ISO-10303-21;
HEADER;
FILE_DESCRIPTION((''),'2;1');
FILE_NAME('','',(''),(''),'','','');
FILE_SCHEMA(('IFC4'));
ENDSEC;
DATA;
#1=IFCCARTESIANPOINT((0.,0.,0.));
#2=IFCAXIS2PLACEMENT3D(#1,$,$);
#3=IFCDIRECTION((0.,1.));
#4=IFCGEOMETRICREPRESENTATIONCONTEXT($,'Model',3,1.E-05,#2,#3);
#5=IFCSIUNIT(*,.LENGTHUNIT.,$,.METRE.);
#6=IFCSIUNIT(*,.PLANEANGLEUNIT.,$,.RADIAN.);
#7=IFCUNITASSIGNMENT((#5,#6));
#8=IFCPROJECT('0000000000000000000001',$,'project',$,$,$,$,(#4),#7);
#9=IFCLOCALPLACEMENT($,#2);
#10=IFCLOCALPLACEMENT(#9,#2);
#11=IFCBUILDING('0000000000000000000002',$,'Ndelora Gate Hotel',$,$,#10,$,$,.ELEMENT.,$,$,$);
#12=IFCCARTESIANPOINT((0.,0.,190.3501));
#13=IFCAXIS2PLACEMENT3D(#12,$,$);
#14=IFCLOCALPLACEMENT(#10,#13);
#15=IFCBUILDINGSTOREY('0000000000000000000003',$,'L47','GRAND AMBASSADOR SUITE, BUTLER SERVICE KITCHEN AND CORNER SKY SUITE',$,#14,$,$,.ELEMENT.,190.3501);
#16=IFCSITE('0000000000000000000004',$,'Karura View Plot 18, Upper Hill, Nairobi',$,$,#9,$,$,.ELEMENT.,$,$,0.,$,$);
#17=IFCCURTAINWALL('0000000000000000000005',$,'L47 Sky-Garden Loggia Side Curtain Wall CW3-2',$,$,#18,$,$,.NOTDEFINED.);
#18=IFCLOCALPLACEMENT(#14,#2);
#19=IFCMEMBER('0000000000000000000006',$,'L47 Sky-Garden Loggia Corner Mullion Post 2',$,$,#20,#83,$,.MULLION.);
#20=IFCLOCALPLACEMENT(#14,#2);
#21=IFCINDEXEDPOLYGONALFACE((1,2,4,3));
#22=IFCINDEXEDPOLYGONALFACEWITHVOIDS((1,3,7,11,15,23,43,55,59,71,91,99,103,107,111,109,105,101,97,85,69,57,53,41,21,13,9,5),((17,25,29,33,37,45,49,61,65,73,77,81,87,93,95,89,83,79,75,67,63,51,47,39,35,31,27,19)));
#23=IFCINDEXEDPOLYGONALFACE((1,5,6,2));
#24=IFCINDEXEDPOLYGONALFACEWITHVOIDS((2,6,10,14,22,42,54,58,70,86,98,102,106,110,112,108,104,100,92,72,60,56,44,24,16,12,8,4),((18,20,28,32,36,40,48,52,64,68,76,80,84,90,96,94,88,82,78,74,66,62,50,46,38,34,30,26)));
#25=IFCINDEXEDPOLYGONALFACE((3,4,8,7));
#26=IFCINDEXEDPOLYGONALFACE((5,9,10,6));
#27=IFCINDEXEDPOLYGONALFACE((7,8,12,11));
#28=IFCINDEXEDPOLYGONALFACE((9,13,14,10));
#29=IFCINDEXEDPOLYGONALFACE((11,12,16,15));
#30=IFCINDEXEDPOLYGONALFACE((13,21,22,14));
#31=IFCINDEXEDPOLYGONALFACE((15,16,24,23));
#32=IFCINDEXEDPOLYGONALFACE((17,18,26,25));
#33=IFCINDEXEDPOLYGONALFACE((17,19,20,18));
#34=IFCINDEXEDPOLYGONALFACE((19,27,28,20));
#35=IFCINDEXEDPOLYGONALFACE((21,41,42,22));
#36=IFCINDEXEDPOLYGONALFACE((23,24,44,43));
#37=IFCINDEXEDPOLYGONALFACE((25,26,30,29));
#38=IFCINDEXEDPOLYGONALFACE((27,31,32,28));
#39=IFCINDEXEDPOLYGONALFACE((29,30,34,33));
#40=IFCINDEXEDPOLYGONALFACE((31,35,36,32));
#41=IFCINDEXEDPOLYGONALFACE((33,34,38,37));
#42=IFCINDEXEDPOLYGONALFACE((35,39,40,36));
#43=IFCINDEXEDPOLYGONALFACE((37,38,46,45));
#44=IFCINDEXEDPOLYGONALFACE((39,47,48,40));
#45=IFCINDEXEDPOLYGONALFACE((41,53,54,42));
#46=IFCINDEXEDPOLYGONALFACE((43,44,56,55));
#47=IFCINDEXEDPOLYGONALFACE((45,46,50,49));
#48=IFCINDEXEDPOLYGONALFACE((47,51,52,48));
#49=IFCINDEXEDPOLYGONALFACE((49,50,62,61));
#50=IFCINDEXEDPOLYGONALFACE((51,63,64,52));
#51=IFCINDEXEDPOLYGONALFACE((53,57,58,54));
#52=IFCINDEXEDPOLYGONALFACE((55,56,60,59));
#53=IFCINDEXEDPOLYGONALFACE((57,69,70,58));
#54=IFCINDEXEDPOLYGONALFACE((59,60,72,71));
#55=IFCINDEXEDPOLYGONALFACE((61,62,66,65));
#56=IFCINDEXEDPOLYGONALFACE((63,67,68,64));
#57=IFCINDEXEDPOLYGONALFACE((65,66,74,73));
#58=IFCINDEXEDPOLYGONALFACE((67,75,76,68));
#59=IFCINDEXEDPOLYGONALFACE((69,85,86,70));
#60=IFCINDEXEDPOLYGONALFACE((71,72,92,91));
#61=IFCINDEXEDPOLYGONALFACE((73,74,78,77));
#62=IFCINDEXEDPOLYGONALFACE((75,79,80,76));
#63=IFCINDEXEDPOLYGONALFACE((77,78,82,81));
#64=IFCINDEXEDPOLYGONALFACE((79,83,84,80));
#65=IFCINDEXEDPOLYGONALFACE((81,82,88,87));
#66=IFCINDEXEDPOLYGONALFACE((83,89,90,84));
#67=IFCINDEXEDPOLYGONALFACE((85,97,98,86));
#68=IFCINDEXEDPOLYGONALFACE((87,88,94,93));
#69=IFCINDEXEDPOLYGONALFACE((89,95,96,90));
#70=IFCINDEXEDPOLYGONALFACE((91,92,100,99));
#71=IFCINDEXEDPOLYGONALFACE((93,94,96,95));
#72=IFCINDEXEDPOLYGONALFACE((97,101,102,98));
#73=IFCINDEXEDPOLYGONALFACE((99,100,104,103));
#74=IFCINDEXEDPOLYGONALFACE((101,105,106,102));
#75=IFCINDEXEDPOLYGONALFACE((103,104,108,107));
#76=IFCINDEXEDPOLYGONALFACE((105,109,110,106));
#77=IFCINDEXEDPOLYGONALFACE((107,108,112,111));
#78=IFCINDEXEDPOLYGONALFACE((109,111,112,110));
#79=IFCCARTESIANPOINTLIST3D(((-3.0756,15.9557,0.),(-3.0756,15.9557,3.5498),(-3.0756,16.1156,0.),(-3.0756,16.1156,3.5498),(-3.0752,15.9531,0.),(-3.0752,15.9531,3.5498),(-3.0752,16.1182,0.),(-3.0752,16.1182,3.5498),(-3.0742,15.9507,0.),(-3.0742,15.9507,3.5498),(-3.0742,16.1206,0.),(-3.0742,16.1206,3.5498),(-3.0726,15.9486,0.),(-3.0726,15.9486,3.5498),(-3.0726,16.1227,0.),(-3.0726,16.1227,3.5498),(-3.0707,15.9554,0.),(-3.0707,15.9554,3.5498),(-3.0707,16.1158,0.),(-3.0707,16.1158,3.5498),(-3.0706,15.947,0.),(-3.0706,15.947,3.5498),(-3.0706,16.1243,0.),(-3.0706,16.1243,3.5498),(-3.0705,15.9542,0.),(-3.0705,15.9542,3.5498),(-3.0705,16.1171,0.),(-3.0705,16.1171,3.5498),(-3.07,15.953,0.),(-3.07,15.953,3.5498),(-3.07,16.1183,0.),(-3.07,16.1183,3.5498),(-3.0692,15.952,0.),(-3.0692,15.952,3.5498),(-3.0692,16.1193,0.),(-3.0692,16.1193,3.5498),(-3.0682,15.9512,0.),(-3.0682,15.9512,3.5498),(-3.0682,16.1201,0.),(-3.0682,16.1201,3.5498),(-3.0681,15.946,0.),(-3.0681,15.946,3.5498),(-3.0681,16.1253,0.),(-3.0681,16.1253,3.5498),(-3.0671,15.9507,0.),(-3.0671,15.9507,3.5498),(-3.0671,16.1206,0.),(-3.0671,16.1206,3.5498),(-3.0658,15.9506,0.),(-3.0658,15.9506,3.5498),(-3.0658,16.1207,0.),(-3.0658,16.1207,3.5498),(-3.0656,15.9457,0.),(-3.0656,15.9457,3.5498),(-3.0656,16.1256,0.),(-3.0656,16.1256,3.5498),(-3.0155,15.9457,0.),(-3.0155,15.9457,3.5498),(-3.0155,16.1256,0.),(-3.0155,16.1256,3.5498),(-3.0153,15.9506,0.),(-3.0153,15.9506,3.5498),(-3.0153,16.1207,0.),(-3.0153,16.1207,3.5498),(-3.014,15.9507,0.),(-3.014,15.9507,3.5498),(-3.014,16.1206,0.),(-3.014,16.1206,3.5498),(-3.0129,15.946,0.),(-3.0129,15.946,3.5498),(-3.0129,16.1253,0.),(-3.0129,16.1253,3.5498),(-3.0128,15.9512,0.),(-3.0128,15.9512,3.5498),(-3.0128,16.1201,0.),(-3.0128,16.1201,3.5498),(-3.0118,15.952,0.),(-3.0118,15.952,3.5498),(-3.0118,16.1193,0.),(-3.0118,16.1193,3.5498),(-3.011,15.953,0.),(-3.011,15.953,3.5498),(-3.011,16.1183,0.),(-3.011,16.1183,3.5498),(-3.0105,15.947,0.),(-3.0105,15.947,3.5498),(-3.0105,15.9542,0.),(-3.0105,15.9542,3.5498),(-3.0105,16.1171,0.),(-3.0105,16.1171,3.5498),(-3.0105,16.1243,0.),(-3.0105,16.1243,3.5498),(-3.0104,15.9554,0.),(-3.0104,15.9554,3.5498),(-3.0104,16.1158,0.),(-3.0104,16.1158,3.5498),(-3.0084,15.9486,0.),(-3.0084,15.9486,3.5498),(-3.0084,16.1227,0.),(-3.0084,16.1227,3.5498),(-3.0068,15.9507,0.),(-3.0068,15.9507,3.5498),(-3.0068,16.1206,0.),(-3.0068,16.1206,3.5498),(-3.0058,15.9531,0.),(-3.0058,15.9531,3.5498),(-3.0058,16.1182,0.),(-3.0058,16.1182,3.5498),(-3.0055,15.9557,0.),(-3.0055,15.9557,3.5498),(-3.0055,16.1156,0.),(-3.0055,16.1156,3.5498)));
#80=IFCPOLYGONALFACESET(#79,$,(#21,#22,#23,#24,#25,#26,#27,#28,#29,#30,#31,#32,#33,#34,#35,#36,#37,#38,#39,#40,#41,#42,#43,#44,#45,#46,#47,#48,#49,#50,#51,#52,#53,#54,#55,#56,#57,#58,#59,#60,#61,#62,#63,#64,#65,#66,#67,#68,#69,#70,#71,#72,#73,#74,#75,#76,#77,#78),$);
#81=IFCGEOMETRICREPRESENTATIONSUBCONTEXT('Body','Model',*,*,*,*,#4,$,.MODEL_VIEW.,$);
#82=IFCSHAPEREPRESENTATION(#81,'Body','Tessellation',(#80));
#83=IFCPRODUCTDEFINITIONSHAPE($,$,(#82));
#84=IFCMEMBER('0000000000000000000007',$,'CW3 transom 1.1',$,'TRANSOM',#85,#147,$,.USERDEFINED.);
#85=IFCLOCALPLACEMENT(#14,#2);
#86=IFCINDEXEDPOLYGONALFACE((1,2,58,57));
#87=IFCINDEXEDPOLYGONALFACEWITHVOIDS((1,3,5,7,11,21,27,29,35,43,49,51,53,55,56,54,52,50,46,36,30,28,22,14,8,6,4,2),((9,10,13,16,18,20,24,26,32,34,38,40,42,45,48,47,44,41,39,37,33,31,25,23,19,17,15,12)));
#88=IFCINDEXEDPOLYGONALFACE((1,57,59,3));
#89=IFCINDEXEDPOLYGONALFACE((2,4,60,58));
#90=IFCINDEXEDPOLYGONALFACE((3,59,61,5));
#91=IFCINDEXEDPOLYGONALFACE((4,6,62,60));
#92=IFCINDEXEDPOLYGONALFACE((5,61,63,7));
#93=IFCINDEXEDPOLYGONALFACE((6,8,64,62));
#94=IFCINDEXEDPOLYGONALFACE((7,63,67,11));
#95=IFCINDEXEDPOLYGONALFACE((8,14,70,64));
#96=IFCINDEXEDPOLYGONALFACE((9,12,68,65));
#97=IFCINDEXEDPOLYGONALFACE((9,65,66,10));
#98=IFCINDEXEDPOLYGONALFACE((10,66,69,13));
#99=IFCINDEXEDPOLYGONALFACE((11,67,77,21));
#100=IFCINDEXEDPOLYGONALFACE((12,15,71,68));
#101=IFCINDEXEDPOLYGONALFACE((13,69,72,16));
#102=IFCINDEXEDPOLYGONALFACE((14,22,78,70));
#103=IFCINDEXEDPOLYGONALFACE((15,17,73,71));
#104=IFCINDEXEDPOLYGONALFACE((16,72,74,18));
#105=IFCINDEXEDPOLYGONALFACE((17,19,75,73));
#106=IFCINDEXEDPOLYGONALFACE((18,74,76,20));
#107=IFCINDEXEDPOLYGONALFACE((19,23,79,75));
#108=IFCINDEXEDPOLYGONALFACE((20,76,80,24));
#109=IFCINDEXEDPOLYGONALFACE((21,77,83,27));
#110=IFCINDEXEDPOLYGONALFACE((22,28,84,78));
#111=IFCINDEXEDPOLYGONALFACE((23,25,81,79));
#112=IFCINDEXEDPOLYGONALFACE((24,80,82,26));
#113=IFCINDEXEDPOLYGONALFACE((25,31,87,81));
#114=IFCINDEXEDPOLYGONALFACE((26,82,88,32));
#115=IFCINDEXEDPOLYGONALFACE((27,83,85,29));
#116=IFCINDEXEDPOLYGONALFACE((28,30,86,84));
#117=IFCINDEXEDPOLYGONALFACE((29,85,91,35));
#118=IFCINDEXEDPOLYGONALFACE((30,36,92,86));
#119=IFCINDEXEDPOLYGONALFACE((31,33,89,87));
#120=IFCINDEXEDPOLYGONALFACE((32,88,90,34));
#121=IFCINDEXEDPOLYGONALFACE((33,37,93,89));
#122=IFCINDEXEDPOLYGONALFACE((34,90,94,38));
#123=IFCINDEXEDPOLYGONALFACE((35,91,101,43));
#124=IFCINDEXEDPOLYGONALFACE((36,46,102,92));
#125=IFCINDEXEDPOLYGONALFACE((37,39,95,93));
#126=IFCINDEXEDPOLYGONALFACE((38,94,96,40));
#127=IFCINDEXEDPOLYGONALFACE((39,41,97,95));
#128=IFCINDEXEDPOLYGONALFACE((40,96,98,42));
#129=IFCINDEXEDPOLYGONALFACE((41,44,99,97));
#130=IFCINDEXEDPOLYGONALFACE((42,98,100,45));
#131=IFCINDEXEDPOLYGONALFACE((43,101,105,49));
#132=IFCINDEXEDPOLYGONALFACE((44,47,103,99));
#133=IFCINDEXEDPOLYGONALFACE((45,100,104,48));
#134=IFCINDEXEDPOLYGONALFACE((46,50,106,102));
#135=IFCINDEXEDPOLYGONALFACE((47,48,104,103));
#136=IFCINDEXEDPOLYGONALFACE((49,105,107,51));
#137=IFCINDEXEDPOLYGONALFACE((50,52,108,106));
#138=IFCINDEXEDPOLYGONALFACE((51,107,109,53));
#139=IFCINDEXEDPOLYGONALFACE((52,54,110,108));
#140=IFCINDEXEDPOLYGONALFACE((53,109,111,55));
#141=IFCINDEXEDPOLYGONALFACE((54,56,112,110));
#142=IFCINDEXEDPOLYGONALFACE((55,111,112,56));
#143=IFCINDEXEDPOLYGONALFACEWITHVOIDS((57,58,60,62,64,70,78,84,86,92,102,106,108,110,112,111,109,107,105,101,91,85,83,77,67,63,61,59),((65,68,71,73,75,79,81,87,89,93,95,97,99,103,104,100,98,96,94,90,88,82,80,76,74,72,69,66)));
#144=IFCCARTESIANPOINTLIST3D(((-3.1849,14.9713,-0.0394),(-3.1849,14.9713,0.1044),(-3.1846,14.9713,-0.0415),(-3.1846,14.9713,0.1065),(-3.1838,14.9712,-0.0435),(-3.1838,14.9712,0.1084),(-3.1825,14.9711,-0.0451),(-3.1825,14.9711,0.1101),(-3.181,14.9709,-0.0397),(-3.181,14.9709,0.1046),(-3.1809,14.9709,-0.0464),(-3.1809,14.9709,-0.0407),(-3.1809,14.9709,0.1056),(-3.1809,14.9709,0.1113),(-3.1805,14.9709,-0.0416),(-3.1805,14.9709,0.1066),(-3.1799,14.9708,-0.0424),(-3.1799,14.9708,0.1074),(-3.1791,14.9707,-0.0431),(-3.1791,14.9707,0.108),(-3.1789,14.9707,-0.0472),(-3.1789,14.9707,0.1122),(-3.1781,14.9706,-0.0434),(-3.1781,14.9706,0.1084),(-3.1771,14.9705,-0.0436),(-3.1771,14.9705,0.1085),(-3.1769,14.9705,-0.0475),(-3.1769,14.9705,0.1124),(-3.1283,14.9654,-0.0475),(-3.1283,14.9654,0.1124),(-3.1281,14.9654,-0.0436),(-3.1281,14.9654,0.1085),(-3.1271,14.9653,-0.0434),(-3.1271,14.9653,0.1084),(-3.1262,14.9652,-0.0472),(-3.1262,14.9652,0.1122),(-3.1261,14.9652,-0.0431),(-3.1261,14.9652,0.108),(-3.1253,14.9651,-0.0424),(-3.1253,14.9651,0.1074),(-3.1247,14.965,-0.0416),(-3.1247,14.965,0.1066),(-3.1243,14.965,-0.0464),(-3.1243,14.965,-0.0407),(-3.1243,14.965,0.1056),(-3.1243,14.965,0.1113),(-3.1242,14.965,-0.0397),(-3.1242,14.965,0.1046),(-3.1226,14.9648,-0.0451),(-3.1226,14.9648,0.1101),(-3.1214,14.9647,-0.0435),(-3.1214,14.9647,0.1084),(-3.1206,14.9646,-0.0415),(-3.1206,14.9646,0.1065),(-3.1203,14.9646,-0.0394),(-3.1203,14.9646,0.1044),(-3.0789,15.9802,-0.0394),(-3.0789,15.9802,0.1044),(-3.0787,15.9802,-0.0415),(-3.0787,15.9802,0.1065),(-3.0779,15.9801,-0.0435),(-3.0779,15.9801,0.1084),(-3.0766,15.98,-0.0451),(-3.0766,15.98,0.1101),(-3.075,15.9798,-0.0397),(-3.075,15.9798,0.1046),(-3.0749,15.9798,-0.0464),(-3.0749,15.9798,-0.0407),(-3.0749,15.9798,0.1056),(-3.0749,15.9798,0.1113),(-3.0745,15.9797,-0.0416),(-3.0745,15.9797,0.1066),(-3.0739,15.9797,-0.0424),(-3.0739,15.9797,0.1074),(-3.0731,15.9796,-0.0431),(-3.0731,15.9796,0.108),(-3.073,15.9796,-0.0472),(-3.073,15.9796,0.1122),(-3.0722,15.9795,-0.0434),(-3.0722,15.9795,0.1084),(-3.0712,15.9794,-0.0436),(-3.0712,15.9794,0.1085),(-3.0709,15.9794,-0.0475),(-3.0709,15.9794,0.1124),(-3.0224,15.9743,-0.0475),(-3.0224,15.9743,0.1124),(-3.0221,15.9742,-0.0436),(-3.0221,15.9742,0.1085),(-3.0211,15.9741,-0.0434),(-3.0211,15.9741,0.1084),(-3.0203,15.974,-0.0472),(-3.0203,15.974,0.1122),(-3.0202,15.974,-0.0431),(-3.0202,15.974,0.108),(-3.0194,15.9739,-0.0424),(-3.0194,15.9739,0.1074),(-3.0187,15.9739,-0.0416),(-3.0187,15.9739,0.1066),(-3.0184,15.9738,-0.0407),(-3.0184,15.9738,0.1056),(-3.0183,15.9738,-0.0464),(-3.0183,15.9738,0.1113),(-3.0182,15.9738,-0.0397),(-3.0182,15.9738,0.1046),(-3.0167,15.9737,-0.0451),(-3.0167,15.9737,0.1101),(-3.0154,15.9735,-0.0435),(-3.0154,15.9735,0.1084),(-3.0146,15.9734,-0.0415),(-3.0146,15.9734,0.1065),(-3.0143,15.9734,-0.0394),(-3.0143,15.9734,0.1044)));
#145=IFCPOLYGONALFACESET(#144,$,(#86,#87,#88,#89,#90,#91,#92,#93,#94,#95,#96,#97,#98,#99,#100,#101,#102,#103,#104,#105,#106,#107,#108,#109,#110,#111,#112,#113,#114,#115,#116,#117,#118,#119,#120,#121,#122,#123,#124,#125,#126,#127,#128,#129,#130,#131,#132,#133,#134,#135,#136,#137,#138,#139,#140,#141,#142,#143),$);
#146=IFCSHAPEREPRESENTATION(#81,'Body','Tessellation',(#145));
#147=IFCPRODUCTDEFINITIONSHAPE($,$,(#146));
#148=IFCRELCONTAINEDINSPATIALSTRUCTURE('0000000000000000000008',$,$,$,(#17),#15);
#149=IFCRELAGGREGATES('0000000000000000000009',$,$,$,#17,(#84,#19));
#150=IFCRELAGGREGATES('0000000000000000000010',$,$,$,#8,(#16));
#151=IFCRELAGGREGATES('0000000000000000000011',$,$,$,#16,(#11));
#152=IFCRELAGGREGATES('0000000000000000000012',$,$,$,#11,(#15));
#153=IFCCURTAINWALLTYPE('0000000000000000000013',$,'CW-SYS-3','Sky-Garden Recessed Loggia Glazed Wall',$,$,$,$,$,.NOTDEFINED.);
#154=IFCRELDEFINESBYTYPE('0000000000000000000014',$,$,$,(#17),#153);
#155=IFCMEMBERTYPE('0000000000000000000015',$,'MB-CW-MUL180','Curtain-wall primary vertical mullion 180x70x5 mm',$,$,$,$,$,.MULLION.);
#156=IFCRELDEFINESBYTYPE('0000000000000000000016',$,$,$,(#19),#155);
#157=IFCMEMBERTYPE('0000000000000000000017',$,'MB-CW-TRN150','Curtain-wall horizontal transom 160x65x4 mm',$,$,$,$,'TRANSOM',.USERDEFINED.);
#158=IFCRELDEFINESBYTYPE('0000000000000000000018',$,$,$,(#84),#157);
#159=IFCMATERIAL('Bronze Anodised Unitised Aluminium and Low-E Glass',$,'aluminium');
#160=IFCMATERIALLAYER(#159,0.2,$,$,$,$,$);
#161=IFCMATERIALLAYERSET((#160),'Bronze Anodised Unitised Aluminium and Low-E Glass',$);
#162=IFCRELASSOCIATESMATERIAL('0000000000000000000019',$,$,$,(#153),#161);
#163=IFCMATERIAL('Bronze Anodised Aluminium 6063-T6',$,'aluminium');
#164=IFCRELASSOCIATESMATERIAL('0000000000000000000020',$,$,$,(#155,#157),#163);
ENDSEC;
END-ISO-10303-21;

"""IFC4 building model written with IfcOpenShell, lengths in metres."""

from ifc_helpers import new_model, si_unit, direction, frame, origin, origin_2d, place, context, subcontext, project, spatial, hollow_rectangle, extrude, material, layer, layer_set, material_profile, profile_set, type_object, element, aggregate, save


model = new_model("IFC4")

# Units and contexts
model_context = context("Model", 3, precision=1e-05, world=origin(), true_north=direction((0.0, 1.0)))
body_context = subcontext(model_context, "Body", "Model", "MODEL_VIEW")
ifc_project = project(units=[si_unit("LENGTHUNIT", "METRE"), si_unit("PLANEANGLEUNIT", "RADIAN")], contexts=[model_context])

# Site, building, storey
site_placement = place(None, origin())
site = spatial("IfcSite", under=ifc_project, at=site_placement, Name="Karura View Plot 18, Upper Hill, Nairobi", CompositionType="ELEMENT", RefElevation=0.0)
building_placement = place(site_placement, origin())
building = spatial("IfcBuilding", under=site, at=building_placement, Name="Ndelora Gate Hotel", CompositionType="ELEMENT")
storey_placement = place(building_placement, frame((0.0, 0.0, 190.3501)))
storey = spatial("IfcBuildingStorey", under=building, at=storey_placement, Name="L47", Description="GRAND AMBASSADOR SUITE, BUTLER SERVICE KITCHEN AND CORNER SKY SUITE", CompositionType="ELEMENT", Elevation=190.3501)

# Curtain wall, members
ifc_material_1 = material(Name="Bronze Anodised Unitised Aluminium and Low-E Glass", Category="aluminium")
ifc_layer_1 = layer(ifc_material_1, 0.2)
ifc_layer_set_1 = layer_set([ifc_layer_1], Name="Bronze Anodised Unitised Aluminium and Low-E Glass")
curtain_wall_type = type_object("IfcCurtainWallType", Name="CW-SYS-3", Description="Sky-Garden Recessed Loggia Glazed Wall", PredefinedType="NOTDEFINED", material=ifc_layer_set_1)
curtain_wall_placement = place(storey_placement, origin())
curtain_wall = element("IfcCurtainWall", 1, at=curtain_wall_placement, inside=storey, type_object=curtain_wall_type, Name="L47 Sky-Garden Loggia Side Curtain Wall CW3-2", PredefinedType="NOTDEFINED")
ifc_material_2 = material(Name="Bronze Anodised Aluminium 6063-T6", Category="aluminium")
ifc_material_profile_1 = material_profile(ifc_material_2, hollow_rectangle(XDim=0.0701, YDim=0.1799, WallThickness=0.0049, InnerFilletRadius=0.0049, OuterFilletRadius=0.01, at=origin_2d()), Name="ALU 180x70x5")
ifc_profile_set_1 = profile_set([ifc_material_profile_1], Name="Bronze Anodised Aluminium 6063-T6")
member_type_1 = type_object("IfcMemberType", Name="MB-CW-MUL180", Description="Curtain-wall primary vertical mullion 180x70x5 mm", PredefinedType="MULLION", material=ifc_profile_set_1)
member_1_placement = place(storey_placement, frame((-3.0405, 16.0356, 0.0), z_axis=(0.0, 0.0, 1.0), x_axis=(1.0, 0.0, 0.0)))
member_1 = element("IfcMember", 2, at=member_1_placement, type_object=member_type_1, Name="L47 Sky-Garden Loggia Corner Mullion Post 2", PredefinedType="MULLION", context=body_context, shape_type="SweptSolid", body=[
    extrude(hollow_rectangle(XDim=0.0701, YDim=0.1799, WallThickness=0.0049, InnerFilletRadius=0.0049, OuterFilletRadius=0.01, at=origin_2d()), origin(), (0.0, 0.0, 1.0), 3.5498),
])
ifc_material_profile_2 = material_profile(ifc_material_2, hollow_rectangle(XDim=0.0649, YDim=0.1599, WallThickness=0.0039, InnerFilletRadius=0.0039, OuterFilletRadius=0.0081, at=origin_2d()), Name="ALU 160x65x4")
ifc_profile_set_2 = profile_set([ifc_material_profile_2], Name="Bronze Anodised Aluminium 6063-T6")
member_type_2 = type_object("IfcMemberType", Name="MB-CW-TRN150", Description="Curtain-wall horizontal transom 160x65x4 mm", ElementType="TRANSOM", PredefinedType="USERDEFINED", material=ifc_profile_set_2)
member_2_placement = place(storey_placement, frame((-3.0466, 15.9768, 0.0325), z_axis=(-0.104459, -0.994529, 0.0), x_axis=(0.994529, -0.104459, 0.0)))
member_2 = element("IfcMember", 3, at=member_2_placement, type_object=member_type_2, Name="CW3 transom 1.1", ObjectType="TRANSOM", PredefinedType="USERDEFINED", context=body_context, shape_type="SweptSolid", body=[
    extrude(hollow_rectangle(XDim=0.0649, YDim=0.1599, WallThickness=0.0039, InnerFilletRadius=0.0039, OuterFilletRadius=0.0081, at=origin_2d()), origin(), (0.0, 0.0, 1.0), 1.0144),
])
aggregate(curtain_wall, [member_2, member_1])

save(model, "model.ifc")
